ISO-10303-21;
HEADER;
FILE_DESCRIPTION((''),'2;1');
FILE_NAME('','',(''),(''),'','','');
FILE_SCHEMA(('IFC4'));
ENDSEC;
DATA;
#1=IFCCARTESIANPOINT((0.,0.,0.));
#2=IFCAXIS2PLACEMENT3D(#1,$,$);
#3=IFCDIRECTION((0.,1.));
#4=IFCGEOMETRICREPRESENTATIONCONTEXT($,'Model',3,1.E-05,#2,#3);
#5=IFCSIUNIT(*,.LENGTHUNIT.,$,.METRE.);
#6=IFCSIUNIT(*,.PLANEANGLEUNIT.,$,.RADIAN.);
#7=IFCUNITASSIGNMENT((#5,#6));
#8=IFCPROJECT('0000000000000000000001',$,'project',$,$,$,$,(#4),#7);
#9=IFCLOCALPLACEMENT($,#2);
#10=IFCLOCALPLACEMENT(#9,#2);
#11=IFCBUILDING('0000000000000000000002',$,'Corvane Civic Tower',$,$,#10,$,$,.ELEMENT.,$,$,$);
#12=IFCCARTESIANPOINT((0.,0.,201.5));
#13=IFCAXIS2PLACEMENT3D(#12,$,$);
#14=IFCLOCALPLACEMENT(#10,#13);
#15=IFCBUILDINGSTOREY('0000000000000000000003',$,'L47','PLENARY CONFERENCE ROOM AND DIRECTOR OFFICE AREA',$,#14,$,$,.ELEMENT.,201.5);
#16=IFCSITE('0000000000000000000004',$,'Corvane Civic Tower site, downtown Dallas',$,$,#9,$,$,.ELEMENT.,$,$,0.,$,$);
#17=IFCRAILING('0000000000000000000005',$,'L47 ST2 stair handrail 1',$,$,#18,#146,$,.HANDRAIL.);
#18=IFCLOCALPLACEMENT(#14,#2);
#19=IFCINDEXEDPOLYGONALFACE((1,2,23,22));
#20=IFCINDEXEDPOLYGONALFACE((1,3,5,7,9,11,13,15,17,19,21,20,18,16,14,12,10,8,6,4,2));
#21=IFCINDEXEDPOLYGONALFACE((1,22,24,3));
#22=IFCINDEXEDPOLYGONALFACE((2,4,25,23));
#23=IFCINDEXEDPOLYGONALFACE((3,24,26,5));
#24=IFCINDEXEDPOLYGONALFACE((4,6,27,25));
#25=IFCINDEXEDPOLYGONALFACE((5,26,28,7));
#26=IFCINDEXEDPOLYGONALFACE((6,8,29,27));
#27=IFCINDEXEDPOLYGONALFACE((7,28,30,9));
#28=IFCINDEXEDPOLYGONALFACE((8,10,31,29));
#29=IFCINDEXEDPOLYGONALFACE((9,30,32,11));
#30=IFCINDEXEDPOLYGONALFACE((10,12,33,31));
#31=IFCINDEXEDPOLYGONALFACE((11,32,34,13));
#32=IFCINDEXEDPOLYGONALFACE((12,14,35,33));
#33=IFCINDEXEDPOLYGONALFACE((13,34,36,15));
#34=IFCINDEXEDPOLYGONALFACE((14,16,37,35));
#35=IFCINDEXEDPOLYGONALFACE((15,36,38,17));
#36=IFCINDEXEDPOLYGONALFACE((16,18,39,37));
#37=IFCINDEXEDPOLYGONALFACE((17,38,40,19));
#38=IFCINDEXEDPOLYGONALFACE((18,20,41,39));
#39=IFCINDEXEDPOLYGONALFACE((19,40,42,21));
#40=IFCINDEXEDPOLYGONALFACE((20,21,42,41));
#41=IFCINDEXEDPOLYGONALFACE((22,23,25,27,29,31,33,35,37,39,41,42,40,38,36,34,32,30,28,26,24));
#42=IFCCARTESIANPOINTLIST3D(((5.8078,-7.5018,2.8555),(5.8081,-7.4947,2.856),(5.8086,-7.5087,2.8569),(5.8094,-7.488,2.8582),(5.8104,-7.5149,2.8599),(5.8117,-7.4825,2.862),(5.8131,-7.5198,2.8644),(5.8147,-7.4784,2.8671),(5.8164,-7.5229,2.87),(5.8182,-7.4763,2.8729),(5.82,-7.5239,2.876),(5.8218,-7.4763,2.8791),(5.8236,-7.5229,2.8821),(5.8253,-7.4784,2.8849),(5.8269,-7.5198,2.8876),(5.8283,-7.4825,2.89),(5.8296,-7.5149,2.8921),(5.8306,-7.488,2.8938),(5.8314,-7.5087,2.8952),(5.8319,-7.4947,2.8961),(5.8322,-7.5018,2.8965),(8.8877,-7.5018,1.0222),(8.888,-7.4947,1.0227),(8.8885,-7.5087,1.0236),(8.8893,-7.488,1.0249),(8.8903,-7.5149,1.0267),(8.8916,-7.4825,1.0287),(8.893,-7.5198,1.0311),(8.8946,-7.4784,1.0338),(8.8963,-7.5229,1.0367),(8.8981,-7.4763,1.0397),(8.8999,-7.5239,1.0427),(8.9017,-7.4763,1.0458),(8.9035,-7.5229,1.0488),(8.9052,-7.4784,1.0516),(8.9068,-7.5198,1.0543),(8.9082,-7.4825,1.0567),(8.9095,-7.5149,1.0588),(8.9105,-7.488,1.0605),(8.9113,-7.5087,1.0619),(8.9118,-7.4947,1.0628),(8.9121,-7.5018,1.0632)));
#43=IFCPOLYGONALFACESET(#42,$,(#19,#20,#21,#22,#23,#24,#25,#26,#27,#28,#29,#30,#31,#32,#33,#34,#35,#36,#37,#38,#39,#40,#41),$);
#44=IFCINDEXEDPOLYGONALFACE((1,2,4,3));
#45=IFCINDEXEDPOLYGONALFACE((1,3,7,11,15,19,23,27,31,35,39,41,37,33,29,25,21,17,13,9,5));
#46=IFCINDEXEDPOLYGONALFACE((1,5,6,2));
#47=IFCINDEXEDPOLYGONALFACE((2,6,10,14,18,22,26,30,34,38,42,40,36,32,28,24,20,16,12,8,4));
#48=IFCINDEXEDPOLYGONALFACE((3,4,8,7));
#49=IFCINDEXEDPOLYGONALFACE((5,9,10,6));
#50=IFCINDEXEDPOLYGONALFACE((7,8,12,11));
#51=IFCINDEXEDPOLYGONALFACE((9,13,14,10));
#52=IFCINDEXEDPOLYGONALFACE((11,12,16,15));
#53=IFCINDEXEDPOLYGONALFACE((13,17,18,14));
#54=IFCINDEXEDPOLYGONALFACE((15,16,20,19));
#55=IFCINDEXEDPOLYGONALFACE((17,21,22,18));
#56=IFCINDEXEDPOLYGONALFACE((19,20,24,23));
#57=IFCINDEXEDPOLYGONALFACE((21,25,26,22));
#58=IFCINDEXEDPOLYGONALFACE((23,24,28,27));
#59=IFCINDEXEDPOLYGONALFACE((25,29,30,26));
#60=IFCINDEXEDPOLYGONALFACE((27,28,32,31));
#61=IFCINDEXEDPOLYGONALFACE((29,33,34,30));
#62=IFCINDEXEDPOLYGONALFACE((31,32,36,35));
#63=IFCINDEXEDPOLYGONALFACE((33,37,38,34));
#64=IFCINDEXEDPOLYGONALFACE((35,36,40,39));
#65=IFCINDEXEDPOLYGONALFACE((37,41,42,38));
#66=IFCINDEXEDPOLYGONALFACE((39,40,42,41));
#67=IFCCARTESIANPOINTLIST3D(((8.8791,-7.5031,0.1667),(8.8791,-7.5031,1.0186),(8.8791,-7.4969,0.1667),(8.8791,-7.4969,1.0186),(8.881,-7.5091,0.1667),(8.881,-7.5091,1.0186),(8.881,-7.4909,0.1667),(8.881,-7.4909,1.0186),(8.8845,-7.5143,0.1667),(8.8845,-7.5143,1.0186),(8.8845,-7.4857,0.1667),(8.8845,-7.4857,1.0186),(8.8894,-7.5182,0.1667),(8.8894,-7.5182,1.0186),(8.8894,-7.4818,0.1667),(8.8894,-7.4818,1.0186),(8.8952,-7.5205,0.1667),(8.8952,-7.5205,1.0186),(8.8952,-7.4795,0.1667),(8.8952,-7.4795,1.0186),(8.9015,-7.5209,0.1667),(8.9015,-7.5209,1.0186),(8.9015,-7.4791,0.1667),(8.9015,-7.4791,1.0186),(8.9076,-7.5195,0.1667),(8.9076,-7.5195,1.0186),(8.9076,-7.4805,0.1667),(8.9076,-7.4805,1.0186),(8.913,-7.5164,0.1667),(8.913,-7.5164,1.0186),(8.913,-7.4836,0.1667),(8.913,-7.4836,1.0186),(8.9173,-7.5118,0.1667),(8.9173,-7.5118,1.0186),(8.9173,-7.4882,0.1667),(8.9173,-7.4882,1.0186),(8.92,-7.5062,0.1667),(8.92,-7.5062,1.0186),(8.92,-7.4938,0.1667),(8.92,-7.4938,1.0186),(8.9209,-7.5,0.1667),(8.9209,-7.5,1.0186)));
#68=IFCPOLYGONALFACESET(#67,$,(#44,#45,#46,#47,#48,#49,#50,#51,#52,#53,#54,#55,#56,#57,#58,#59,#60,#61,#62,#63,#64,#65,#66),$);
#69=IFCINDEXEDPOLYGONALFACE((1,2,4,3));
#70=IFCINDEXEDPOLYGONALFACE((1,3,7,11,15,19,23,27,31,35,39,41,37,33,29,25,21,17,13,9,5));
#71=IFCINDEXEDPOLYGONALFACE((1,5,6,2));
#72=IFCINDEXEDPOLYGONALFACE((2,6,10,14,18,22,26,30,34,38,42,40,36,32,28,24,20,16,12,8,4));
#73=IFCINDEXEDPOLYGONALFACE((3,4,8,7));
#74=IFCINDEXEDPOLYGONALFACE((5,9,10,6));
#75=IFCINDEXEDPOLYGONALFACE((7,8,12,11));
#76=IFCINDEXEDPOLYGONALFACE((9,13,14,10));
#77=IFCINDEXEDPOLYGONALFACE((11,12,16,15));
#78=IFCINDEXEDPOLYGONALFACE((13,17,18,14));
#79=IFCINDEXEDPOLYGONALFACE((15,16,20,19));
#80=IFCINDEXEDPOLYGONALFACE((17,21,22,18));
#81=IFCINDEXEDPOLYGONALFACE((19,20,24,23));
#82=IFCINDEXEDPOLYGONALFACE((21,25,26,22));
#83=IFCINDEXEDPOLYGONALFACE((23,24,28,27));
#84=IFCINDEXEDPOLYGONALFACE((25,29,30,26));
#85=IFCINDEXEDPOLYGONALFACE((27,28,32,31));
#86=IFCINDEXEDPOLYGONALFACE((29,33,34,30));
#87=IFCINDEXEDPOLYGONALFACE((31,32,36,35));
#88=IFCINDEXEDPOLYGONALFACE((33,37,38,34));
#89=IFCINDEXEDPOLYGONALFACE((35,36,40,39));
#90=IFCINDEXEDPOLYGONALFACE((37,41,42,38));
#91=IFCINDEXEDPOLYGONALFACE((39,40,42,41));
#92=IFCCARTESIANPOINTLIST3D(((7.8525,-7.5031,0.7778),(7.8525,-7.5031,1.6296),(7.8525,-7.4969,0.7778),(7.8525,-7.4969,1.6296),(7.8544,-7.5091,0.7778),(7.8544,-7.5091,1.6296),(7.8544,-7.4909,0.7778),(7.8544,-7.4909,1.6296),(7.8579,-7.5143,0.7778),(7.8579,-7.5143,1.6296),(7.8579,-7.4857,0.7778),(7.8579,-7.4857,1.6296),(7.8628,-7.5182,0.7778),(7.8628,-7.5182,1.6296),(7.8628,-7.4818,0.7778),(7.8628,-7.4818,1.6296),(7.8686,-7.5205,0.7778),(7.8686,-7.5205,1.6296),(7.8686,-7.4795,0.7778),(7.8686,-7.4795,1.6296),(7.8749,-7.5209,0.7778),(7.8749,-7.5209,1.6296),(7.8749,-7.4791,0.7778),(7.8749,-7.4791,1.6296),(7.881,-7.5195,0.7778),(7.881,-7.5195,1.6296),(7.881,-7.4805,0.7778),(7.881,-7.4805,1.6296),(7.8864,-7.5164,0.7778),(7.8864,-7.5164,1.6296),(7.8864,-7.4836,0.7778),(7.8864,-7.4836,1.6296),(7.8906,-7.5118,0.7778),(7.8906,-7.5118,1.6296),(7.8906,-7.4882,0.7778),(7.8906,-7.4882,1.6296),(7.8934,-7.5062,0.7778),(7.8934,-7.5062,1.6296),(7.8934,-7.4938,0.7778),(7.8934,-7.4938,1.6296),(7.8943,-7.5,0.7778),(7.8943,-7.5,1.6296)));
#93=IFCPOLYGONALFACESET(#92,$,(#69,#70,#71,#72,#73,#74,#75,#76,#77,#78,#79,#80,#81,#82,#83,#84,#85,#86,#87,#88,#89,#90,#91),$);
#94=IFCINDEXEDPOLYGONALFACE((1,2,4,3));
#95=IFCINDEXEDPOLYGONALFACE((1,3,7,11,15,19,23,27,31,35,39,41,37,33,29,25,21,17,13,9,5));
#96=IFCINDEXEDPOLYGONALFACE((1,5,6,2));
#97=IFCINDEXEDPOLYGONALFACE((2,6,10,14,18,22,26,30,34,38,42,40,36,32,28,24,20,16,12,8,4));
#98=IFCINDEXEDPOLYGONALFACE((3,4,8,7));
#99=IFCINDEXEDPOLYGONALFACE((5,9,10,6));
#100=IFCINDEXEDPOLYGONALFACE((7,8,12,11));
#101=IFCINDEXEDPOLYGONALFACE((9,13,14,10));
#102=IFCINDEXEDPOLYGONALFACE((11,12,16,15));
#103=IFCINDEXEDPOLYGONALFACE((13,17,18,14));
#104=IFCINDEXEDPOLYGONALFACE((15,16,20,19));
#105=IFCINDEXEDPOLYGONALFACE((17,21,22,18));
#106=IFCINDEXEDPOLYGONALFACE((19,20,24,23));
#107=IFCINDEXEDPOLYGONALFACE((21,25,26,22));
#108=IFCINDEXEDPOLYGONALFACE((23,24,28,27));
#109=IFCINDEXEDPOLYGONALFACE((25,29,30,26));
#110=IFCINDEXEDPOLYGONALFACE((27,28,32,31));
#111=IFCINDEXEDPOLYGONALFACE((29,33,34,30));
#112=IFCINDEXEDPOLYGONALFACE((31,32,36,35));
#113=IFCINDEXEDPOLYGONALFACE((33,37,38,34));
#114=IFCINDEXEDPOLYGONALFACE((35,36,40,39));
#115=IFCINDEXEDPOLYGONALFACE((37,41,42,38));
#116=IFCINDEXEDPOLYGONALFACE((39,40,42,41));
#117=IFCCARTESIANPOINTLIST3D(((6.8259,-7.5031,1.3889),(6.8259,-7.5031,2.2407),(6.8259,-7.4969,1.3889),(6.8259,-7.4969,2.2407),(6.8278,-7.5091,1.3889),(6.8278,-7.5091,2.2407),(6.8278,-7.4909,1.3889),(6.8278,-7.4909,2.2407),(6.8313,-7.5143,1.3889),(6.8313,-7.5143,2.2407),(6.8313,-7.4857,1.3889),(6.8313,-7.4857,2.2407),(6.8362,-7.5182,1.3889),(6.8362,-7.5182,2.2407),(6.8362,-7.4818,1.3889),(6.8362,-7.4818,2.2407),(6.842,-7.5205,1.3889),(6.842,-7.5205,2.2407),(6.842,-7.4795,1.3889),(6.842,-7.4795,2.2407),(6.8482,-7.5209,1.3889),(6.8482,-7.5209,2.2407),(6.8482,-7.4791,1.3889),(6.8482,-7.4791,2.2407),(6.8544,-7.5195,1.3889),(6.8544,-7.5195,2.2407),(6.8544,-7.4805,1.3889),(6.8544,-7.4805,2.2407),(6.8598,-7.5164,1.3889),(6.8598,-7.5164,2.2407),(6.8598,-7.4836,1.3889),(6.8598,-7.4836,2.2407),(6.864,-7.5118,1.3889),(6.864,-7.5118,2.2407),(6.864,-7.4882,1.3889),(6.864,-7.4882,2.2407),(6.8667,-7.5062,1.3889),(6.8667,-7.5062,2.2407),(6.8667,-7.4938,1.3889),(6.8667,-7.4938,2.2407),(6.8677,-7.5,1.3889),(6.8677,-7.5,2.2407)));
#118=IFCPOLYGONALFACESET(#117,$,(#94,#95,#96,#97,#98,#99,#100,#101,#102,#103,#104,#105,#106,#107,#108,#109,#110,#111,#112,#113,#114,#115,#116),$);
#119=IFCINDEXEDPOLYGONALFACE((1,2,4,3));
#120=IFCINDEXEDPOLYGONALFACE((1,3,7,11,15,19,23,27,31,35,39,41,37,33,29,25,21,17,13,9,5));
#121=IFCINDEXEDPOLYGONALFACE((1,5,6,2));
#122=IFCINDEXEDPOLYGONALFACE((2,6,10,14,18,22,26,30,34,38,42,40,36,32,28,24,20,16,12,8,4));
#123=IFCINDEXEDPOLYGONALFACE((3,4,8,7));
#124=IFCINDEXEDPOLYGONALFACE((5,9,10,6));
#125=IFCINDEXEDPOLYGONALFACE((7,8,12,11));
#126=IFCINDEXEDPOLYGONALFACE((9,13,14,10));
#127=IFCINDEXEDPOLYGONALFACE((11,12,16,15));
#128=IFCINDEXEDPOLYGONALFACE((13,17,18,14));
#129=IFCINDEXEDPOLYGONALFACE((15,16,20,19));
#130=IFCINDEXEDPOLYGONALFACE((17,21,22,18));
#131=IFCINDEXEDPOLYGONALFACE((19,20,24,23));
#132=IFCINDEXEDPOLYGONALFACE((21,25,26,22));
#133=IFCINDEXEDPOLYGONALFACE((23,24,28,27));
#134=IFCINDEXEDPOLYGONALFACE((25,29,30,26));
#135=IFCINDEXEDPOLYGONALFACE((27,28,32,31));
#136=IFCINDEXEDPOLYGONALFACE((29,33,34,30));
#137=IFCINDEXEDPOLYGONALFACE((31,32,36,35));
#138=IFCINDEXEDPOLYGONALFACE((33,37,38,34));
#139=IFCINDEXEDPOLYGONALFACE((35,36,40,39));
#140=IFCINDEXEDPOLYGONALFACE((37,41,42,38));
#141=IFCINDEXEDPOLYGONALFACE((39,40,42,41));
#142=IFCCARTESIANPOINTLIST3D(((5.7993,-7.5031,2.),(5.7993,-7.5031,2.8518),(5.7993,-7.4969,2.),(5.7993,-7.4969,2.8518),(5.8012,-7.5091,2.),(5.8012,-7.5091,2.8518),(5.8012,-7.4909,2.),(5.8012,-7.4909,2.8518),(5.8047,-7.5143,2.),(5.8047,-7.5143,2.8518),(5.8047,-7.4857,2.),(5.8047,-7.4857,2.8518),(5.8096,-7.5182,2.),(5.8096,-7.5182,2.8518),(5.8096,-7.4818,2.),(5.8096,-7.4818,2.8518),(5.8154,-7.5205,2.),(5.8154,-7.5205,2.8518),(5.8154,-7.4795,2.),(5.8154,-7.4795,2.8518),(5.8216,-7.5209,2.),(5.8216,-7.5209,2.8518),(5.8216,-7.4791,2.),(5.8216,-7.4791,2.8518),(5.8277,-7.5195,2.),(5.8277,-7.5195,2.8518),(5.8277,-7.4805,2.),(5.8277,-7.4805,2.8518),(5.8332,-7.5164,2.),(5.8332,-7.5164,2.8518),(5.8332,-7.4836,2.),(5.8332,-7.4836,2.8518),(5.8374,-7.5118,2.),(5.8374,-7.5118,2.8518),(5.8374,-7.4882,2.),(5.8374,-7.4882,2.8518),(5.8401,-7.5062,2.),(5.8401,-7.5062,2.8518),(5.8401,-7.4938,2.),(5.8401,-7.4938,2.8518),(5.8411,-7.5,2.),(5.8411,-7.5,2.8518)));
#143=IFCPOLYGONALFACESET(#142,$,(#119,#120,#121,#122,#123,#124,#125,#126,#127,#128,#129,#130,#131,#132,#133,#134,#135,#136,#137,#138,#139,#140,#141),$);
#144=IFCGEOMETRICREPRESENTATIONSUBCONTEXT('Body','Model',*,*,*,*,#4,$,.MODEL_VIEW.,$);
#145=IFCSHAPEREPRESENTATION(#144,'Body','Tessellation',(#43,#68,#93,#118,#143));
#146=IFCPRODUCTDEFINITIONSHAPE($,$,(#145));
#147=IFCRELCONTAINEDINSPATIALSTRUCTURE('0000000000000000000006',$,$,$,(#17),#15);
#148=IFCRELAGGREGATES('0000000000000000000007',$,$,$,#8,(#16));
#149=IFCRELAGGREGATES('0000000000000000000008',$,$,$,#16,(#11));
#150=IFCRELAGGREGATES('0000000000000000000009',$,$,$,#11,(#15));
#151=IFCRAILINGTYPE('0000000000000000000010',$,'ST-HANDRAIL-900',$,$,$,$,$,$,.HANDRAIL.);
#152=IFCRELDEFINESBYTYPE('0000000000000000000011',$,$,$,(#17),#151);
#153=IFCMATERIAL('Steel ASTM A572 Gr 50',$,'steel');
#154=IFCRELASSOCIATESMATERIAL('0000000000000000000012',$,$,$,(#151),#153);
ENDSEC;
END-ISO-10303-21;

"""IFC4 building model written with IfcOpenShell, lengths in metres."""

from ifc_helpers import new_model, si_unit, direction, frame, origin, origin_2d, place, context, subcontext, project, spatial, circle, extrude, material, type_object, element, save


model = new_model("IFC4")

# Units and contexts
model_context = context("Model", 3, precision=1e-05, world=origin(), true_north=direction((0.0, 1.0)))
body_context = subcontext(model_context, "Body", "Model", "MODEL_VIEW")
ifc_project = project(units=[si_unit("LENGTHUNIT", "METRE"), si_unit("PLANEANGLEUNIT", "RADIAN")], contexts=[model_context])

# Site, building, storey
site_placement = place(None, origin())
site = spatial("IfcSite", under=ifc_project, at=site_placement, Name="Corvane Civic Tower site, downtown Dallas", CompositionType="ELEMENT", RefElevation=0.0)
building_placement = place(site_placement, origin())
building = spatial("IfcBuilding", under=site, at=building_placement, Name="Corvane Civic Tower", CompositionType="ELEMENT")
storey_placement = place(building_placement, frame((0.0, 0.0, 201.5)))
storey = spatial("IfcBuildingStorey", under=building, at=storey_placement, Name="L47", Description="PLENARY CONFERENCE ROOM AND DIRECTOR OFFICE AREA", CompositionType="ELEMENT", Elevation=201.5)

# Railing
ifc_material_1 = material(Name="Steel ASTM A572 Gr 50", Category="steel")
railing_type_1 = type_object("IfcRailingType", Name="ST-HANDRAIL-900", PredefinedType="HANDRAIL", material=ifc_material_1)
railing_1_placement = place(storey_placement, frame((8.8999, -7.5, 0.1667)))
element("IfcRailing", 1, at=railing_1_placement, inside=storey, type_object=railing_type_1, Name="L47 ST2 stair handrail 1", PredefinedType="HANDRAIL", context=body_context, shape_type="SweptSolid", body=[
    extrude(circle(Radius=0.0239, at=origin_2d()), frame((0.0, 0.0, 0.876), z_axis=(-0.859291, 0.0, 0.511487), x_axis=(0.0, -1.0, 0.0)), (0.0, 0.0, 1.0), 3.5842),
    extrude(circle(Radius=0.021, at=origin_2d()), origin(), (0.0, 0.0, 1.0), 0.8518),
    extrude(circle(Radius=0.021, at=origin_2d()), frame((-1.0266, 0.0, 0.6111)), (0.0, 0.0, 1.0), 0.8518),
    extrude(circle(Radius=0.021, at=origin_2d()), frame((-2.0532, 0.0, 1.2222)), (0.0, 0.0, 1.0), 0.8518),
    extrude(circle(Radius=0.021, at=origin_2d()), frame((-3.0798, 0.0, 1.8333)), (0.0, 0.0, 1.0), 0.8518),
])

save(model, "model.ifc")
